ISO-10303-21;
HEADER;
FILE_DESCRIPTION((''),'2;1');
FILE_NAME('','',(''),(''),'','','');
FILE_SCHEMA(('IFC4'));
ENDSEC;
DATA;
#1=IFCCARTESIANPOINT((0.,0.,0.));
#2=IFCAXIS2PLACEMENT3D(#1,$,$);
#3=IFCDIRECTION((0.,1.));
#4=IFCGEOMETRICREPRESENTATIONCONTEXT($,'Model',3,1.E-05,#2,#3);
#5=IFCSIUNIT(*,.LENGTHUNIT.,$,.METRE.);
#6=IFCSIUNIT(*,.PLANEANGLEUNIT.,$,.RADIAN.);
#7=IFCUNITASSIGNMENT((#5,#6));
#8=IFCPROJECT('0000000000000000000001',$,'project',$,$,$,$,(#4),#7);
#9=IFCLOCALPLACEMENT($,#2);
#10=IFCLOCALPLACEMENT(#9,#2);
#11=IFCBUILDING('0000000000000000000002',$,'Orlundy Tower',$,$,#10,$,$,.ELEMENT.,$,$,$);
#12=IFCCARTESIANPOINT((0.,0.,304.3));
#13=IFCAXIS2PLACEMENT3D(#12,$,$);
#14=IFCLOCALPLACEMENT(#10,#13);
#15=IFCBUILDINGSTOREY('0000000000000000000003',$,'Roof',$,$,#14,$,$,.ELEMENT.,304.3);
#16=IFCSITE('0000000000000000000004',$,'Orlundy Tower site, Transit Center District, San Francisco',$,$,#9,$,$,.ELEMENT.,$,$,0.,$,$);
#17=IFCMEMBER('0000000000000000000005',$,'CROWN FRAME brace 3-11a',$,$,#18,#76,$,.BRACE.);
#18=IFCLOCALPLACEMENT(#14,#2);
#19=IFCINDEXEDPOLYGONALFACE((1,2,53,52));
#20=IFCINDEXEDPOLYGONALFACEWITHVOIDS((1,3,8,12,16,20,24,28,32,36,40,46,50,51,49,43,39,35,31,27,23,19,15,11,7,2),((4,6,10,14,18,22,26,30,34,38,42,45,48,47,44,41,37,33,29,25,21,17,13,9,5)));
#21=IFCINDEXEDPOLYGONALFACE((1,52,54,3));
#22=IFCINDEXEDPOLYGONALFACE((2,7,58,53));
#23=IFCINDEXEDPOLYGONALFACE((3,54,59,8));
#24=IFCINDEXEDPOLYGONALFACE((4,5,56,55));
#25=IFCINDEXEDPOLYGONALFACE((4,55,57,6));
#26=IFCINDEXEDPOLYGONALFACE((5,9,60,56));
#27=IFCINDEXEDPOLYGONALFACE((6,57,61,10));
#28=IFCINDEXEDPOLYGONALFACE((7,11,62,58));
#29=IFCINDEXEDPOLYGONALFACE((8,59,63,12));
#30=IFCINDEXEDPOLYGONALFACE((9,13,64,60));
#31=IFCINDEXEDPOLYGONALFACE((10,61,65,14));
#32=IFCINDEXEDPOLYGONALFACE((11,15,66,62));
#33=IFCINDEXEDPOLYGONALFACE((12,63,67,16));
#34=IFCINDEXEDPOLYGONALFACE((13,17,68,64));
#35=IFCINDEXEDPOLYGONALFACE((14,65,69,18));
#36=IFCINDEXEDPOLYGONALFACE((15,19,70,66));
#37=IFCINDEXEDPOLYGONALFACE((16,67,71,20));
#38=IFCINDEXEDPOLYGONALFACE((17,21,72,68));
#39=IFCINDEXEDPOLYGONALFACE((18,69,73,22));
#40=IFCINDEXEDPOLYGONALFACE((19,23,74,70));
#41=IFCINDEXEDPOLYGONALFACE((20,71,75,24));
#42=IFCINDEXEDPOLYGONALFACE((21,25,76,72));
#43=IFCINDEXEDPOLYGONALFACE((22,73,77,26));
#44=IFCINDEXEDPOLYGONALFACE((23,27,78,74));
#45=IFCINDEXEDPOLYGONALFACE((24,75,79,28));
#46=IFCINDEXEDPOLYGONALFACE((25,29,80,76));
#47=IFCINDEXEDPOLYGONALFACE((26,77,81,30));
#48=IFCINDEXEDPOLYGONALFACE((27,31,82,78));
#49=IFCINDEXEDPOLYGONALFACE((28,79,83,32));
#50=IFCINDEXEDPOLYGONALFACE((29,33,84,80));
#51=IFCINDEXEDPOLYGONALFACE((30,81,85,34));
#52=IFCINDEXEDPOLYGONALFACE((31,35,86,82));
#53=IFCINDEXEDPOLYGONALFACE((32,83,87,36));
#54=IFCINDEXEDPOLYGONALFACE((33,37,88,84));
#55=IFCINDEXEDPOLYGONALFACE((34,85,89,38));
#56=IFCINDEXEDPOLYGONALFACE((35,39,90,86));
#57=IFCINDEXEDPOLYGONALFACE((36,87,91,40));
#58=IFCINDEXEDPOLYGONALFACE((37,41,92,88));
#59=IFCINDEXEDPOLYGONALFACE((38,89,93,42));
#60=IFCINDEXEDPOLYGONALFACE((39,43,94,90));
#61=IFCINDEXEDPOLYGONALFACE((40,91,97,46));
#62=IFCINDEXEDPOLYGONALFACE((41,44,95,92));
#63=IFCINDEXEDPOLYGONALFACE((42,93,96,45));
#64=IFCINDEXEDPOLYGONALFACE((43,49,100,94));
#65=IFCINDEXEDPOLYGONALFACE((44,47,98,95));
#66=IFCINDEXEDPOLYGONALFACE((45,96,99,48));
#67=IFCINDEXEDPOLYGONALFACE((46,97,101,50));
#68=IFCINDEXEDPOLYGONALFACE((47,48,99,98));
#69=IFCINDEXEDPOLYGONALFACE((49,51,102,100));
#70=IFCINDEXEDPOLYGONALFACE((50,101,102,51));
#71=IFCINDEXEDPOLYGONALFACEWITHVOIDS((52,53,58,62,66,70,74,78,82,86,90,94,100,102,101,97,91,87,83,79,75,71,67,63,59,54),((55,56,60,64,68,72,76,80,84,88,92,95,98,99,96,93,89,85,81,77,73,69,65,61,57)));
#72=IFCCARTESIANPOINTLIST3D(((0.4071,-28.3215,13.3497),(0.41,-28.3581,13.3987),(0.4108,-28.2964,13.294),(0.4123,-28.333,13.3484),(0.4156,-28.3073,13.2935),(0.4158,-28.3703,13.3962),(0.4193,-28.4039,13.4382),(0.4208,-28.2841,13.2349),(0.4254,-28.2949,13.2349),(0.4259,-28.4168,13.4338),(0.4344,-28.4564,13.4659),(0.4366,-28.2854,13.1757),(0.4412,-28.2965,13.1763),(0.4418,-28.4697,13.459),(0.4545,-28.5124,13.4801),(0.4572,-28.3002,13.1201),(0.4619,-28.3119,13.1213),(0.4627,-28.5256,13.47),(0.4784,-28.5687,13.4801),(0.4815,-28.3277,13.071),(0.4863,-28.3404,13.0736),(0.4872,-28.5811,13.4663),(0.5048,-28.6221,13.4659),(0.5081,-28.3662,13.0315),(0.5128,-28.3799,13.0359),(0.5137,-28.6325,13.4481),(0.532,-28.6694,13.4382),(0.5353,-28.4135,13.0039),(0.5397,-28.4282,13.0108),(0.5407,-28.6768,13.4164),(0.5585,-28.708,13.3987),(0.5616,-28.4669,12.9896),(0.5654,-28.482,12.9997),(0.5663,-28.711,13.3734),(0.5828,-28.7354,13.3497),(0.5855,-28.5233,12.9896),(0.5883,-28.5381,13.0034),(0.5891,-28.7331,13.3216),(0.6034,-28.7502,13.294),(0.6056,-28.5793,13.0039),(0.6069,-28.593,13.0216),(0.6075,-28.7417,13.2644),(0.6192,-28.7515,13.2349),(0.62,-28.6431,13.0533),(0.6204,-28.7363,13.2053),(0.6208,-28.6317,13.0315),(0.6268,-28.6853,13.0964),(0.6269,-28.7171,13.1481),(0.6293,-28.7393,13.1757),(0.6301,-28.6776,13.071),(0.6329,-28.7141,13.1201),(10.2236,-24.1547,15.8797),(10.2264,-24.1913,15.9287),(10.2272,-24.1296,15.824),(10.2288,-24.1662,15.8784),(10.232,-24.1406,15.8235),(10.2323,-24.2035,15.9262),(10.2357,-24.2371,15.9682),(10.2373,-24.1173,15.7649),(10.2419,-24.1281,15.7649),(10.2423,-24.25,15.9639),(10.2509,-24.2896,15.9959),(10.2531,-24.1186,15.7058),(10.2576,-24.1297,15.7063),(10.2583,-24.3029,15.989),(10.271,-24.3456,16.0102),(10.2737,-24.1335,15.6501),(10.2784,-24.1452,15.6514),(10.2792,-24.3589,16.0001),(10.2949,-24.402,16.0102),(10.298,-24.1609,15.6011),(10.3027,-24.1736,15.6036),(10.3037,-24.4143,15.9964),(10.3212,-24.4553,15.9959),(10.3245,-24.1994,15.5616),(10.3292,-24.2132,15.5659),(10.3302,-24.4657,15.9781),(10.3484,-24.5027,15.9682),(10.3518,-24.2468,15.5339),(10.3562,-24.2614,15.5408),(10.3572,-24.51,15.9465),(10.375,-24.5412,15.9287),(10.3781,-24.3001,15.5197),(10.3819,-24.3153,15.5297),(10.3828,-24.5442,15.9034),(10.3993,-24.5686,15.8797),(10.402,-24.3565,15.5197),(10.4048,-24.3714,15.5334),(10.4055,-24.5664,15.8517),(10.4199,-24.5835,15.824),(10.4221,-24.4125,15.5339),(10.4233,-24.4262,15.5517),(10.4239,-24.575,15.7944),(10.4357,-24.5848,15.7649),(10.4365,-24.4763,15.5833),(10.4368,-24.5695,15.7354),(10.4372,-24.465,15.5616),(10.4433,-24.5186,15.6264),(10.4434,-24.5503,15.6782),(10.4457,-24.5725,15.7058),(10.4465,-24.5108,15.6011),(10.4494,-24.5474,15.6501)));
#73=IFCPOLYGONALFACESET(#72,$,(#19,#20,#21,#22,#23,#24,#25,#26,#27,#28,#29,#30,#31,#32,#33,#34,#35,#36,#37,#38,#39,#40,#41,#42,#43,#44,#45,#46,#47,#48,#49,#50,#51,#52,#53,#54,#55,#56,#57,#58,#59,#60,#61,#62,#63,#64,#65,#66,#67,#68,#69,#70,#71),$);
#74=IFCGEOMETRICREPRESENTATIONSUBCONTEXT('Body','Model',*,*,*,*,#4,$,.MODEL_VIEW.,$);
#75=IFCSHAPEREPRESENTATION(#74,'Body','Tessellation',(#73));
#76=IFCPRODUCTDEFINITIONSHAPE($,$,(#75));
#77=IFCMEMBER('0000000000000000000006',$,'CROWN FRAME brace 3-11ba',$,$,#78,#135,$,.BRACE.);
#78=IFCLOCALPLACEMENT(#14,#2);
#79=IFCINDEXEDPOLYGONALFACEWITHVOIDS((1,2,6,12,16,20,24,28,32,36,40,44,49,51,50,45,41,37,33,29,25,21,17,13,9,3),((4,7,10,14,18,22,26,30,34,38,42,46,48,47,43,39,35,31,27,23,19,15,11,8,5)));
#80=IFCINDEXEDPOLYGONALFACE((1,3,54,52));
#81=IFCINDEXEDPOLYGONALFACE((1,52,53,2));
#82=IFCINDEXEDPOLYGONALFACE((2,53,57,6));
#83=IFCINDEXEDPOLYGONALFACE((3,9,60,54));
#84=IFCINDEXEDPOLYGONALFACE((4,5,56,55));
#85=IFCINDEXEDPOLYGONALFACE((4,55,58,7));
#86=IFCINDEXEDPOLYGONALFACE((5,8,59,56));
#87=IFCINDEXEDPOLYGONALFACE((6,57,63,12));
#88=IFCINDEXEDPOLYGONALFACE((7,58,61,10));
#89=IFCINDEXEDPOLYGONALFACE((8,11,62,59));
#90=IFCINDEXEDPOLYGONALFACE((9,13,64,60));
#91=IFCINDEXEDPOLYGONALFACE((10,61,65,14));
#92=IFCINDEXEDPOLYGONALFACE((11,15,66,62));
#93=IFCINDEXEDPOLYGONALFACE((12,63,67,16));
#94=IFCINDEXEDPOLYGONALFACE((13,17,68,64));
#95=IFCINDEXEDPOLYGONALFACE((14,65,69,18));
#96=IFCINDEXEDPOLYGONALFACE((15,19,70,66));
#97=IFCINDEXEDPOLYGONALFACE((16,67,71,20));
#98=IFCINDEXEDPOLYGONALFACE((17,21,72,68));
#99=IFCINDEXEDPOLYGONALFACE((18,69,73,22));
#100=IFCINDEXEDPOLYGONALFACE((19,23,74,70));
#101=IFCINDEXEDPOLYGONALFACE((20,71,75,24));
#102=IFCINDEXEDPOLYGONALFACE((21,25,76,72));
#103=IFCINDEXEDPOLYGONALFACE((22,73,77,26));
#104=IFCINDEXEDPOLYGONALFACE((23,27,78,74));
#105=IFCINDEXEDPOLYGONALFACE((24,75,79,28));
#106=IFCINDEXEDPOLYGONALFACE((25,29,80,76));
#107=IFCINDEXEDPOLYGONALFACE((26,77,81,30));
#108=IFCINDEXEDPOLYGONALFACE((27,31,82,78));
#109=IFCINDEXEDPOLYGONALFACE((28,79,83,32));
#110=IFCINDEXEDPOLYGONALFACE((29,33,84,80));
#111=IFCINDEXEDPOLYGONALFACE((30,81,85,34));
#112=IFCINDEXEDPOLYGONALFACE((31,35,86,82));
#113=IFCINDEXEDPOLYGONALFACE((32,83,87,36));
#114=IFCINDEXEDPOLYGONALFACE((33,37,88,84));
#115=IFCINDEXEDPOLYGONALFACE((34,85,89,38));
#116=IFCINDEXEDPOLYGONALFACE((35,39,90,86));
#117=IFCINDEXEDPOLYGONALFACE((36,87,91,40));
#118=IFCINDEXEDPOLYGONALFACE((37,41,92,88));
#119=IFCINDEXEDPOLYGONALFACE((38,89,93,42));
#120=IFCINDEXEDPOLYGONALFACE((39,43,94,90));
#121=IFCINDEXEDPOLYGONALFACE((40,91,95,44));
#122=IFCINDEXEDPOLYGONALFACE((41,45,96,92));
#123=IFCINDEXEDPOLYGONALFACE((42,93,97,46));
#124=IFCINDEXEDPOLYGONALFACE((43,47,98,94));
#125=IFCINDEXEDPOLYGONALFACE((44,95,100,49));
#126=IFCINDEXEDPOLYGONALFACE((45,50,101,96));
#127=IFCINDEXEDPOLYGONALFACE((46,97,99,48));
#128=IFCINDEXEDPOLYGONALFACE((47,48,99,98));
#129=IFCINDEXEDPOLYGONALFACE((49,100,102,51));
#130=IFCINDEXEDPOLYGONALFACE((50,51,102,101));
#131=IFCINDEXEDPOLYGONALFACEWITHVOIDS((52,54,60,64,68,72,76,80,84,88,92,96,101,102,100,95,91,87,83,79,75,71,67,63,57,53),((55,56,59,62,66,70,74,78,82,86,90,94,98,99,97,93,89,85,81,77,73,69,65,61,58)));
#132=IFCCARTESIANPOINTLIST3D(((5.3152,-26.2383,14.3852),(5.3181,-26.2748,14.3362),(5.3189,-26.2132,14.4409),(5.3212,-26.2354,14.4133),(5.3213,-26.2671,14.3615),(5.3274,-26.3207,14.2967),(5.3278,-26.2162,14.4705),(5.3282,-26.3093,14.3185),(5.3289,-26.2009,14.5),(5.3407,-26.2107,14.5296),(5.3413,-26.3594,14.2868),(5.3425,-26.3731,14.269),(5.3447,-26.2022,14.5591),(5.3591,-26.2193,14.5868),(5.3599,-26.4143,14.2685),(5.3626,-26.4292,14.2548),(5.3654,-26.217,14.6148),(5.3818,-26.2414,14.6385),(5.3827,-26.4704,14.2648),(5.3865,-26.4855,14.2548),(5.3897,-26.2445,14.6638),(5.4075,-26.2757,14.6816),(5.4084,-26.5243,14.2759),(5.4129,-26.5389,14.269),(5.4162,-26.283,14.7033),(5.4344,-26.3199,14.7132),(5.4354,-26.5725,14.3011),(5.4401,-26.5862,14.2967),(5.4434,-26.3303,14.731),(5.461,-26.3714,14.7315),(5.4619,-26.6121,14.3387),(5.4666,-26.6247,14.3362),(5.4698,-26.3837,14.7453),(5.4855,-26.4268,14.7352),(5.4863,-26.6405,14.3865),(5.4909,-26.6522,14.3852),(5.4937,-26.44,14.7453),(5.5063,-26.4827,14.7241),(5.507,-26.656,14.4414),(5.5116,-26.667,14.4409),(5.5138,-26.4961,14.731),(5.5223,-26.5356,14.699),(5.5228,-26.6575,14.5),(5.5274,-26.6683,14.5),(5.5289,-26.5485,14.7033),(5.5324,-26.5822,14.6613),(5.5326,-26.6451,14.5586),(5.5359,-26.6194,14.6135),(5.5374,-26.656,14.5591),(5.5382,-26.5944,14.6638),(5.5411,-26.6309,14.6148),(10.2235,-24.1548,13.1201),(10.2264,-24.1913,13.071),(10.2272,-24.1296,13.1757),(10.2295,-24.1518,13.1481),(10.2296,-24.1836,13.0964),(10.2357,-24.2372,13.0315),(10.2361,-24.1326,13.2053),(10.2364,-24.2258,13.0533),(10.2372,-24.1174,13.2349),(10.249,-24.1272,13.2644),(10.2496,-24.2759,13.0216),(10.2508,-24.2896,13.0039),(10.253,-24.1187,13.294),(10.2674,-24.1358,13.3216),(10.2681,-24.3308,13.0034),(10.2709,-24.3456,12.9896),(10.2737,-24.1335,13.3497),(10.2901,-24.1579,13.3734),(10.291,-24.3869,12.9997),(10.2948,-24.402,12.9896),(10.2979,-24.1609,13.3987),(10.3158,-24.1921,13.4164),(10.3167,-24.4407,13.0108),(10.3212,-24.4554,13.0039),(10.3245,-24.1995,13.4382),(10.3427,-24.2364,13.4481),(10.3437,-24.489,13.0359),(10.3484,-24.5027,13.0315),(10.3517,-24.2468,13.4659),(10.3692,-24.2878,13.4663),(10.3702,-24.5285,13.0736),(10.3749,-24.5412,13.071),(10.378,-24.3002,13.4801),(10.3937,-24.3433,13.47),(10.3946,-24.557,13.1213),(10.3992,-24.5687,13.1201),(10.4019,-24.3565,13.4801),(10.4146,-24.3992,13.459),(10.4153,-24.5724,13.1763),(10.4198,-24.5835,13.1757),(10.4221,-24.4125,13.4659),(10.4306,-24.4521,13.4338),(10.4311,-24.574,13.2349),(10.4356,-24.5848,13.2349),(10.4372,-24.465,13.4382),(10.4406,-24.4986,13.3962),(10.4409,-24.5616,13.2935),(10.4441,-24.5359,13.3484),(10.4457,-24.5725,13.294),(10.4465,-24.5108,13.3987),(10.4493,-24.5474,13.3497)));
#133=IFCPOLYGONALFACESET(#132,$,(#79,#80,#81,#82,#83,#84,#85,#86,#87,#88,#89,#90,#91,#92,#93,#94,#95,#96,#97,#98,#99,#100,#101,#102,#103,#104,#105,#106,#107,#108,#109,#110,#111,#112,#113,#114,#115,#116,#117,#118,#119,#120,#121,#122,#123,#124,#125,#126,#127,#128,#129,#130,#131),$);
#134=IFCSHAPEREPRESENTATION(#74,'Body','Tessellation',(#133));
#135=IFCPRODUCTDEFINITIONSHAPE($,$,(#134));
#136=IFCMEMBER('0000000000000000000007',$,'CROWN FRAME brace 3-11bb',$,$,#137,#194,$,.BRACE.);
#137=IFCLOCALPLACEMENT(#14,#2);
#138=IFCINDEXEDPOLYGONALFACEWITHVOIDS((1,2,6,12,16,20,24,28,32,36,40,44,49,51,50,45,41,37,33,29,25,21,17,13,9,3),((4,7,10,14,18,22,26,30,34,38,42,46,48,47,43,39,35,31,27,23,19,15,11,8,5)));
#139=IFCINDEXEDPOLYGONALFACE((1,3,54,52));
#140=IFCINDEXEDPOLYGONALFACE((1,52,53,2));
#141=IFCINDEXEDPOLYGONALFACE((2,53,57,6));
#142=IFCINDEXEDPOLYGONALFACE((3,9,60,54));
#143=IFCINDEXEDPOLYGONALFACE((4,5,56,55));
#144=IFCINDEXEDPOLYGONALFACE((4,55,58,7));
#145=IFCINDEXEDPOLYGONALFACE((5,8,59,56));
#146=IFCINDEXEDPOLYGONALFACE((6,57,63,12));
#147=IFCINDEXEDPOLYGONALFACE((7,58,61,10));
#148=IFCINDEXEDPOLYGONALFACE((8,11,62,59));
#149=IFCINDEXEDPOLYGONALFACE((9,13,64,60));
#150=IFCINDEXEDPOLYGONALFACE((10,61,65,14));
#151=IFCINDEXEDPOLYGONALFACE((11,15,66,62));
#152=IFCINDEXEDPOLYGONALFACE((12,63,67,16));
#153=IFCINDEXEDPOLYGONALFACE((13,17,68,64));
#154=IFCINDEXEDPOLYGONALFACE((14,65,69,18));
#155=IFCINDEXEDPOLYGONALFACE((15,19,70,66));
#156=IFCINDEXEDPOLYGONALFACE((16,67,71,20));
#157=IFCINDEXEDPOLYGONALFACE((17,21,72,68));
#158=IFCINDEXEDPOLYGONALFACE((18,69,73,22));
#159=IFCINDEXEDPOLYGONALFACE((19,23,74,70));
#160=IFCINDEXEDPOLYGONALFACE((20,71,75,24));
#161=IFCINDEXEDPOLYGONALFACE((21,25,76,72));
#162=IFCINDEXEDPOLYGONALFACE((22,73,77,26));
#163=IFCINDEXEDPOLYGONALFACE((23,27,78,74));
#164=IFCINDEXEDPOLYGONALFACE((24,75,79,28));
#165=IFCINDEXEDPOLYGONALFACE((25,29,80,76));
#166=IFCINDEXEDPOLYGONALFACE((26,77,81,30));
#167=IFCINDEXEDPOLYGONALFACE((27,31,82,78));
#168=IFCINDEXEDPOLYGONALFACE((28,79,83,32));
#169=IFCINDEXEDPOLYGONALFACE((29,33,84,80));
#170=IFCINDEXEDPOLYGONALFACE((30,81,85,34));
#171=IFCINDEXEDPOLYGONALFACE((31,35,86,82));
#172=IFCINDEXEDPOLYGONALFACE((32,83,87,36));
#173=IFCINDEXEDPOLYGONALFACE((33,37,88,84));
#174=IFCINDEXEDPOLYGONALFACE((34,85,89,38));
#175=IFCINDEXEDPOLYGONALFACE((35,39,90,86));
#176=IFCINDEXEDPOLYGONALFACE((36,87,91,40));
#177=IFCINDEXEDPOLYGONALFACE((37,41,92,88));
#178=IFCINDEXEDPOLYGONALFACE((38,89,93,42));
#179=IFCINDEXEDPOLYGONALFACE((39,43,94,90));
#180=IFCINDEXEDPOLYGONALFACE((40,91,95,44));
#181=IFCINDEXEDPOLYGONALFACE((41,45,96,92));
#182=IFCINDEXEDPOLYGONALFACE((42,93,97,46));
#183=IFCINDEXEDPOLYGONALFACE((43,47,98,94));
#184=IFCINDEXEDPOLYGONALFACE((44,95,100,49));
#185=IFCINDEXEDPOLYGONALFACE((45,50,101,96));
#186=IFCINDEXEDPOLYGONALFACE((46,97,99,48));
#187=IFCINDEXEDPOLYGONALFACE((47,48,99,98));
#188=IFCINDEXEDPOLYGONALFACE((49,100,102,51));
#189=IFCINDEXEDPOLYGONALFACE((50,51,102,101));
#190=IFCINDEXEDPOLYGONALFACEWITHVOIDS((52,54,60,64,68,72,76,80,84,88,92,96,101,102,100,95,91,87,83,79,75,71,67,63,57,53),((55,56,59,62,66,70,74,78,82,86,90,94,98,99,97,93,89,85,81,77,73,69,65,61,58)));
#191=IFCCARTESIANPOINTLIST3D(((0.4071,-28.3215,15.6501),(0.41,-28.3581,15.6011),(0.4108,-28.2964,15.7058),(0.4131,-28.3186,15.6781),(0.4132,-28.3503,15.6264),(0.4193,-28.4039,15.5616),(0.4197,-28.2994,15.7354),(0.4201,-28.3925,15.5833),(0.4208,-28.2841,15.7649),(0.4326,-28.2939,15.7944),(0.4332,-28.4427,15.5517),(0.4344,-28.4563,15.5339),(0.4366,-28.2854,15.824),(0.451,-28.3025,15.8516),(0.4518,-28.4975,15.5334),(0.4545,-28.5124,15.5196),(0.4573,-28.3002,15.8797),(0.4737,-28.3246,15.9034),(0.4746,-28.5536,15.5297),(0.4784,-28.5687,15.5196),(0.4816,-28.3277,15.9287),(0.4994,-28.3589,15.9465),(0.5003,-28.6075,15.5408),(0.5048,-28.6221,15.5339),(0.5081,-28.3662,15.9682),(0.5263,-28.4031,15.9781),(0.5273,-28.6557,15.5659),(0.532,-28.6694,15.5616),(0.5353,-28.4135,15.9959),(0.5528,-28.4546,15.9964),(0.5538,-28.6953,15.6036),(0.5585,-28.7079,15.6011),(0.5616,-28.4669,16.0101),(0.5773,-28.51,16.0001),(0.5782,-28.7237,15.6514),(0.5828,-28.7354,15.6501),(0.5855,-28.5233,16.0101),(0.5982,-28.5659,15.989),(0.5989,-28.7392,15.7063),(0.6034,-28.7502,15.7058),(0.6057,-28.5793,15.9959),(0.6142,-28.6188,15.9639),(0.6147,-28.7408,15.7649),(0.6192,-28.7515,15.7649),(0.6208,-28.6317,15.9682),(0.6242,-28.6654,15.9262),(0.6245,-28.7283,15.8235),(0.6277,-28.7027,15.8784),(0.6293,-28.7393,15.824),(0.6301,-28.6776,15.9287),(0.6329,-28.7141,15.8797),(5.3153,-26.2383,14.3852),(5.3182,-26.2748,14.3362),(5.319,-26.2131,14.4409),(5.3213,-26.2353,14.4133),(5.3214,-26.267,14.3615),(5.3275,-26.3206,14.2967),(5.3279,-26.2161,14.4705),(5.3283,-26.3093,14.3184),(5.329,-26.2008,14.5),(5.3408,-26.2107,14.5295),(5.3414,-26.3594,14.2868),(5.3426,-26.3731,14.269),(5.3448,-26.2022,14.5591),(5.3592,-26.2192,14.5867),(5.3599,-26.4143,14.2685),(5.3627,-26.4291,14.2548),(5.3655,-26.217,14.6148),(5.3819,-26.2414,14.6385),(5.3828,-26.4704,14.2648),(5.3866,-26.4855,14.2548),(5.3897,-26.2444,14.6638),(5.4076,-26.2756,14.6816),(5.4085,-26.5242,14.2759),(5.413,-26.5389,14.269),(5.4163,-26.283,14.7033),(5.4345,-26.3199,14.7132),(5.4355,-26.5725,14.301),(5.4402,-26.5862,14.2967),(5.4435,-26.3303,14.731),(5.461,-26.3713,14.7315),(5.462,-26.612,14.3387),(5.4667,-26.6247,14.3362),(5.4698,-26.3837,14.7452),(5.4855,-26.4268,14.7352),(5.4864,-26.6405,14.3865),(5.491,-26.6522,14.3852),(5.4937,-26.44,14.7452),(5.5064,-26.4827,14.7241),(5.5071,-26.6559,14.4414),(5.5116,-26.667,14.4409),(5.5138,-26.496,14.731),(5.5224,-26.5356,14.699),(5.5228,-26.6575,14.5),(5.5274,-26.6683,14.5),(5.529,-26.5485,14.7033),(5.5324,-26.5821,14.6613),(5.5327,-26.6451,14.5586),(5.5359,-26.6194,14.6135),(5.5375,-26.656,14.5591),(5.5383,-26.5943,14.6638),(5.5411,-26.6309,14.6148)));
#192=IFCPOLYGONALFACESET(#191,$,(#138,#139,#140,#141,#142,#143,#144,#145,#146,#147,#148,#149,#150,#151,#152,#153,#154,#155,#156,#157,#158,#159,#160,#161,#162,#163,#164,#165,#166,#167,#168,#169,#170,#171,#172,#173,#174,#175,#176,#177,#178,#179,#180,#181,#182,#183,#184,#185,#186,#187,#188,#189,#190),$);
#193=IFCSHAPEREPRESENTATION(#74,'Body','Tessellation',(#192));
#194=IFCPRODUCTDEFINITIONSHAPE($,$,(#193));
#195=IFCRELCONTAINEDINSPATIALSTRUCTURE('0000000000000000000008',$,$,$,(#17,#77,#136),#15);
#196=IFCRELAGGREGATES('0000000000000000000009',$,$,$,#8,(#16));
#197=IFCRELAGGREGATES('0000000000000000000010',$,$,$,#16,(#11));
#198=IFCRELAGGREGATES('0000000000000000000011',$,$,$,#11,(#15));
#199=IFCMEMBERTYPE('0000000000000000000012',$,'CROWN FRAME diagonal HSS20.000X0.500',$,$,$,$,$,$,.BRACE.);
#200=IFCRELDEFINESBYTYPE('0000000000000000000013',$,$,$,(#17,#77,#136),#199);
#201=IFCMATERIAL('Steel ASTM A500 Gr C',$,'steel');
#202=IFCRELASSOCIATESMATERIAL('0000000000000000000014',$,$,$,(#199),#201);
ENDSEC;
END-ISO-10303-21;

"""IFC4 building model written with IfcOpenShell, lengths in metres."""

from ifc_helpers import new_model, si_unit, direction, frame, origin, origin_2d, place, context, subcontext, project, spatial, hollow_circle, extrude, material, material_profile, profile_set, type_object, element, save


model = new_model("IFC4")

# Units and contexts
model_context = context("Model", 3, precision=1e-05, world=origin(), true_north=direction((0.0, 1.0)))
body_context = subcontext(model_context, "Body", "Model", "MODEL_VIEW")
ifc_project = project(units=[si_unit("LENGTHUNIT", "METRE"), si_unit("PLANEANGLEUNIT", "RADIAN")], contexts=[model_context])

# Site, building, storey
site_placement = place(None, origin())
site = spatial("IfcSite", under=ifc_project, at=site_placement, Name="Orlundy Tower site, Transit Center District, San Francisco", CompositionType="ELEMENT", RefElevation=0.0)
building_placement = place(site_placement, origin())
building = spatial("IfcBuilding", under=site, at=building_placement, Name="Orlundy Tower", CompositionType="ELEMENT")
storey_placement = place(building_placement, frame((0.0, 0.0, 304.3)))
storey = spatial("IfcBuildingStorey", under=building, at=storey_placement, Name="Roof", CompositionType="ELEMENT", Elevation=304.3)

# Members
ifc_material_1 = material(Name="Steel ASTM A500 Gr C", Category="steel")
ifc_material_profile_1 = material_profile(ifc_material_1, hollow_circle(Radius=0.2539, WallThickness=0.0117, at=origin_2d()), Name="HSS20.000X0.500")
ifc_profile_set_1 = profile_set([ifc_material_profile_1], Name="Steel ASTM A500 Gr C")
member_type_1 = type_object("IfcMemberType", Name="CROWN FRAME diagonal HSS20.000X0.500", PredefinedType="BRACE", material=ifc_profile_set_1)
member_1_placement = place(storey_placement, frame((0.52, -28.5178, 13.2349), z_axis=(0.895646, 0.380173, 0.230839), x_axis=(-0.390726, 0.920507, 0.0)))
element("IfcMember", 1, at=member_1_placement, inside=storey, type_object=member_type_1, Name="CROWN FRAME brace 3-11a", PredefinedType="BRACE", context=body_context, shape_type="SweptSolid", body=[
    extrude(hollow_circle(Radius=0.2539, WallThickness=0.0117, at=origin_2d()), origin(), (0.0, 0.0, 1.0), 10.9602),
])
member_2_placement = place(storey_placement, frame((10.3364, -24.3511, 13.2349), z_axis=(-0.895634, -0.38019, 0.230858), x_axis=(0.390745, -0.920499, 0.0)))
element("IfcMember", 2, at=member_2_placement, inside=storey, type_object=member_type_1, Name="CROWN FRAME brace 3-11ba", PredefinedType="BRACE", context=body_context, shape_type="SweptSolid", body=[
    extrude(hollow_circle(Radius=0.2539, WallThickness=0.0117, at=origin_2d()), origin(), (0.0, 0.0, 1.0), 5.4802),
])
member_3_placement = place(storey_placement, frame((5.4282, -26.4346, 14.5), z_axis=(-0.895658, -0.380156, 0.23082), x_axis=(0.390706, -0.920515, 0.0)))
element("IfcMember", 3, at=member_3_placement, inside=storey, type_object=member_type_1, Name="CROWN FRAME brace 3-11bb", PredefinedType="BRACE", context=body_context, shape_type="SweptSolid", body=[
    extrude(hollow_circle(Radius=0.2539, WallThickness=0.0117, at=origin_2d()), origin(), (0.0, 0.0, 1.0), 5.48),
])

save(model, "model.ifc")
